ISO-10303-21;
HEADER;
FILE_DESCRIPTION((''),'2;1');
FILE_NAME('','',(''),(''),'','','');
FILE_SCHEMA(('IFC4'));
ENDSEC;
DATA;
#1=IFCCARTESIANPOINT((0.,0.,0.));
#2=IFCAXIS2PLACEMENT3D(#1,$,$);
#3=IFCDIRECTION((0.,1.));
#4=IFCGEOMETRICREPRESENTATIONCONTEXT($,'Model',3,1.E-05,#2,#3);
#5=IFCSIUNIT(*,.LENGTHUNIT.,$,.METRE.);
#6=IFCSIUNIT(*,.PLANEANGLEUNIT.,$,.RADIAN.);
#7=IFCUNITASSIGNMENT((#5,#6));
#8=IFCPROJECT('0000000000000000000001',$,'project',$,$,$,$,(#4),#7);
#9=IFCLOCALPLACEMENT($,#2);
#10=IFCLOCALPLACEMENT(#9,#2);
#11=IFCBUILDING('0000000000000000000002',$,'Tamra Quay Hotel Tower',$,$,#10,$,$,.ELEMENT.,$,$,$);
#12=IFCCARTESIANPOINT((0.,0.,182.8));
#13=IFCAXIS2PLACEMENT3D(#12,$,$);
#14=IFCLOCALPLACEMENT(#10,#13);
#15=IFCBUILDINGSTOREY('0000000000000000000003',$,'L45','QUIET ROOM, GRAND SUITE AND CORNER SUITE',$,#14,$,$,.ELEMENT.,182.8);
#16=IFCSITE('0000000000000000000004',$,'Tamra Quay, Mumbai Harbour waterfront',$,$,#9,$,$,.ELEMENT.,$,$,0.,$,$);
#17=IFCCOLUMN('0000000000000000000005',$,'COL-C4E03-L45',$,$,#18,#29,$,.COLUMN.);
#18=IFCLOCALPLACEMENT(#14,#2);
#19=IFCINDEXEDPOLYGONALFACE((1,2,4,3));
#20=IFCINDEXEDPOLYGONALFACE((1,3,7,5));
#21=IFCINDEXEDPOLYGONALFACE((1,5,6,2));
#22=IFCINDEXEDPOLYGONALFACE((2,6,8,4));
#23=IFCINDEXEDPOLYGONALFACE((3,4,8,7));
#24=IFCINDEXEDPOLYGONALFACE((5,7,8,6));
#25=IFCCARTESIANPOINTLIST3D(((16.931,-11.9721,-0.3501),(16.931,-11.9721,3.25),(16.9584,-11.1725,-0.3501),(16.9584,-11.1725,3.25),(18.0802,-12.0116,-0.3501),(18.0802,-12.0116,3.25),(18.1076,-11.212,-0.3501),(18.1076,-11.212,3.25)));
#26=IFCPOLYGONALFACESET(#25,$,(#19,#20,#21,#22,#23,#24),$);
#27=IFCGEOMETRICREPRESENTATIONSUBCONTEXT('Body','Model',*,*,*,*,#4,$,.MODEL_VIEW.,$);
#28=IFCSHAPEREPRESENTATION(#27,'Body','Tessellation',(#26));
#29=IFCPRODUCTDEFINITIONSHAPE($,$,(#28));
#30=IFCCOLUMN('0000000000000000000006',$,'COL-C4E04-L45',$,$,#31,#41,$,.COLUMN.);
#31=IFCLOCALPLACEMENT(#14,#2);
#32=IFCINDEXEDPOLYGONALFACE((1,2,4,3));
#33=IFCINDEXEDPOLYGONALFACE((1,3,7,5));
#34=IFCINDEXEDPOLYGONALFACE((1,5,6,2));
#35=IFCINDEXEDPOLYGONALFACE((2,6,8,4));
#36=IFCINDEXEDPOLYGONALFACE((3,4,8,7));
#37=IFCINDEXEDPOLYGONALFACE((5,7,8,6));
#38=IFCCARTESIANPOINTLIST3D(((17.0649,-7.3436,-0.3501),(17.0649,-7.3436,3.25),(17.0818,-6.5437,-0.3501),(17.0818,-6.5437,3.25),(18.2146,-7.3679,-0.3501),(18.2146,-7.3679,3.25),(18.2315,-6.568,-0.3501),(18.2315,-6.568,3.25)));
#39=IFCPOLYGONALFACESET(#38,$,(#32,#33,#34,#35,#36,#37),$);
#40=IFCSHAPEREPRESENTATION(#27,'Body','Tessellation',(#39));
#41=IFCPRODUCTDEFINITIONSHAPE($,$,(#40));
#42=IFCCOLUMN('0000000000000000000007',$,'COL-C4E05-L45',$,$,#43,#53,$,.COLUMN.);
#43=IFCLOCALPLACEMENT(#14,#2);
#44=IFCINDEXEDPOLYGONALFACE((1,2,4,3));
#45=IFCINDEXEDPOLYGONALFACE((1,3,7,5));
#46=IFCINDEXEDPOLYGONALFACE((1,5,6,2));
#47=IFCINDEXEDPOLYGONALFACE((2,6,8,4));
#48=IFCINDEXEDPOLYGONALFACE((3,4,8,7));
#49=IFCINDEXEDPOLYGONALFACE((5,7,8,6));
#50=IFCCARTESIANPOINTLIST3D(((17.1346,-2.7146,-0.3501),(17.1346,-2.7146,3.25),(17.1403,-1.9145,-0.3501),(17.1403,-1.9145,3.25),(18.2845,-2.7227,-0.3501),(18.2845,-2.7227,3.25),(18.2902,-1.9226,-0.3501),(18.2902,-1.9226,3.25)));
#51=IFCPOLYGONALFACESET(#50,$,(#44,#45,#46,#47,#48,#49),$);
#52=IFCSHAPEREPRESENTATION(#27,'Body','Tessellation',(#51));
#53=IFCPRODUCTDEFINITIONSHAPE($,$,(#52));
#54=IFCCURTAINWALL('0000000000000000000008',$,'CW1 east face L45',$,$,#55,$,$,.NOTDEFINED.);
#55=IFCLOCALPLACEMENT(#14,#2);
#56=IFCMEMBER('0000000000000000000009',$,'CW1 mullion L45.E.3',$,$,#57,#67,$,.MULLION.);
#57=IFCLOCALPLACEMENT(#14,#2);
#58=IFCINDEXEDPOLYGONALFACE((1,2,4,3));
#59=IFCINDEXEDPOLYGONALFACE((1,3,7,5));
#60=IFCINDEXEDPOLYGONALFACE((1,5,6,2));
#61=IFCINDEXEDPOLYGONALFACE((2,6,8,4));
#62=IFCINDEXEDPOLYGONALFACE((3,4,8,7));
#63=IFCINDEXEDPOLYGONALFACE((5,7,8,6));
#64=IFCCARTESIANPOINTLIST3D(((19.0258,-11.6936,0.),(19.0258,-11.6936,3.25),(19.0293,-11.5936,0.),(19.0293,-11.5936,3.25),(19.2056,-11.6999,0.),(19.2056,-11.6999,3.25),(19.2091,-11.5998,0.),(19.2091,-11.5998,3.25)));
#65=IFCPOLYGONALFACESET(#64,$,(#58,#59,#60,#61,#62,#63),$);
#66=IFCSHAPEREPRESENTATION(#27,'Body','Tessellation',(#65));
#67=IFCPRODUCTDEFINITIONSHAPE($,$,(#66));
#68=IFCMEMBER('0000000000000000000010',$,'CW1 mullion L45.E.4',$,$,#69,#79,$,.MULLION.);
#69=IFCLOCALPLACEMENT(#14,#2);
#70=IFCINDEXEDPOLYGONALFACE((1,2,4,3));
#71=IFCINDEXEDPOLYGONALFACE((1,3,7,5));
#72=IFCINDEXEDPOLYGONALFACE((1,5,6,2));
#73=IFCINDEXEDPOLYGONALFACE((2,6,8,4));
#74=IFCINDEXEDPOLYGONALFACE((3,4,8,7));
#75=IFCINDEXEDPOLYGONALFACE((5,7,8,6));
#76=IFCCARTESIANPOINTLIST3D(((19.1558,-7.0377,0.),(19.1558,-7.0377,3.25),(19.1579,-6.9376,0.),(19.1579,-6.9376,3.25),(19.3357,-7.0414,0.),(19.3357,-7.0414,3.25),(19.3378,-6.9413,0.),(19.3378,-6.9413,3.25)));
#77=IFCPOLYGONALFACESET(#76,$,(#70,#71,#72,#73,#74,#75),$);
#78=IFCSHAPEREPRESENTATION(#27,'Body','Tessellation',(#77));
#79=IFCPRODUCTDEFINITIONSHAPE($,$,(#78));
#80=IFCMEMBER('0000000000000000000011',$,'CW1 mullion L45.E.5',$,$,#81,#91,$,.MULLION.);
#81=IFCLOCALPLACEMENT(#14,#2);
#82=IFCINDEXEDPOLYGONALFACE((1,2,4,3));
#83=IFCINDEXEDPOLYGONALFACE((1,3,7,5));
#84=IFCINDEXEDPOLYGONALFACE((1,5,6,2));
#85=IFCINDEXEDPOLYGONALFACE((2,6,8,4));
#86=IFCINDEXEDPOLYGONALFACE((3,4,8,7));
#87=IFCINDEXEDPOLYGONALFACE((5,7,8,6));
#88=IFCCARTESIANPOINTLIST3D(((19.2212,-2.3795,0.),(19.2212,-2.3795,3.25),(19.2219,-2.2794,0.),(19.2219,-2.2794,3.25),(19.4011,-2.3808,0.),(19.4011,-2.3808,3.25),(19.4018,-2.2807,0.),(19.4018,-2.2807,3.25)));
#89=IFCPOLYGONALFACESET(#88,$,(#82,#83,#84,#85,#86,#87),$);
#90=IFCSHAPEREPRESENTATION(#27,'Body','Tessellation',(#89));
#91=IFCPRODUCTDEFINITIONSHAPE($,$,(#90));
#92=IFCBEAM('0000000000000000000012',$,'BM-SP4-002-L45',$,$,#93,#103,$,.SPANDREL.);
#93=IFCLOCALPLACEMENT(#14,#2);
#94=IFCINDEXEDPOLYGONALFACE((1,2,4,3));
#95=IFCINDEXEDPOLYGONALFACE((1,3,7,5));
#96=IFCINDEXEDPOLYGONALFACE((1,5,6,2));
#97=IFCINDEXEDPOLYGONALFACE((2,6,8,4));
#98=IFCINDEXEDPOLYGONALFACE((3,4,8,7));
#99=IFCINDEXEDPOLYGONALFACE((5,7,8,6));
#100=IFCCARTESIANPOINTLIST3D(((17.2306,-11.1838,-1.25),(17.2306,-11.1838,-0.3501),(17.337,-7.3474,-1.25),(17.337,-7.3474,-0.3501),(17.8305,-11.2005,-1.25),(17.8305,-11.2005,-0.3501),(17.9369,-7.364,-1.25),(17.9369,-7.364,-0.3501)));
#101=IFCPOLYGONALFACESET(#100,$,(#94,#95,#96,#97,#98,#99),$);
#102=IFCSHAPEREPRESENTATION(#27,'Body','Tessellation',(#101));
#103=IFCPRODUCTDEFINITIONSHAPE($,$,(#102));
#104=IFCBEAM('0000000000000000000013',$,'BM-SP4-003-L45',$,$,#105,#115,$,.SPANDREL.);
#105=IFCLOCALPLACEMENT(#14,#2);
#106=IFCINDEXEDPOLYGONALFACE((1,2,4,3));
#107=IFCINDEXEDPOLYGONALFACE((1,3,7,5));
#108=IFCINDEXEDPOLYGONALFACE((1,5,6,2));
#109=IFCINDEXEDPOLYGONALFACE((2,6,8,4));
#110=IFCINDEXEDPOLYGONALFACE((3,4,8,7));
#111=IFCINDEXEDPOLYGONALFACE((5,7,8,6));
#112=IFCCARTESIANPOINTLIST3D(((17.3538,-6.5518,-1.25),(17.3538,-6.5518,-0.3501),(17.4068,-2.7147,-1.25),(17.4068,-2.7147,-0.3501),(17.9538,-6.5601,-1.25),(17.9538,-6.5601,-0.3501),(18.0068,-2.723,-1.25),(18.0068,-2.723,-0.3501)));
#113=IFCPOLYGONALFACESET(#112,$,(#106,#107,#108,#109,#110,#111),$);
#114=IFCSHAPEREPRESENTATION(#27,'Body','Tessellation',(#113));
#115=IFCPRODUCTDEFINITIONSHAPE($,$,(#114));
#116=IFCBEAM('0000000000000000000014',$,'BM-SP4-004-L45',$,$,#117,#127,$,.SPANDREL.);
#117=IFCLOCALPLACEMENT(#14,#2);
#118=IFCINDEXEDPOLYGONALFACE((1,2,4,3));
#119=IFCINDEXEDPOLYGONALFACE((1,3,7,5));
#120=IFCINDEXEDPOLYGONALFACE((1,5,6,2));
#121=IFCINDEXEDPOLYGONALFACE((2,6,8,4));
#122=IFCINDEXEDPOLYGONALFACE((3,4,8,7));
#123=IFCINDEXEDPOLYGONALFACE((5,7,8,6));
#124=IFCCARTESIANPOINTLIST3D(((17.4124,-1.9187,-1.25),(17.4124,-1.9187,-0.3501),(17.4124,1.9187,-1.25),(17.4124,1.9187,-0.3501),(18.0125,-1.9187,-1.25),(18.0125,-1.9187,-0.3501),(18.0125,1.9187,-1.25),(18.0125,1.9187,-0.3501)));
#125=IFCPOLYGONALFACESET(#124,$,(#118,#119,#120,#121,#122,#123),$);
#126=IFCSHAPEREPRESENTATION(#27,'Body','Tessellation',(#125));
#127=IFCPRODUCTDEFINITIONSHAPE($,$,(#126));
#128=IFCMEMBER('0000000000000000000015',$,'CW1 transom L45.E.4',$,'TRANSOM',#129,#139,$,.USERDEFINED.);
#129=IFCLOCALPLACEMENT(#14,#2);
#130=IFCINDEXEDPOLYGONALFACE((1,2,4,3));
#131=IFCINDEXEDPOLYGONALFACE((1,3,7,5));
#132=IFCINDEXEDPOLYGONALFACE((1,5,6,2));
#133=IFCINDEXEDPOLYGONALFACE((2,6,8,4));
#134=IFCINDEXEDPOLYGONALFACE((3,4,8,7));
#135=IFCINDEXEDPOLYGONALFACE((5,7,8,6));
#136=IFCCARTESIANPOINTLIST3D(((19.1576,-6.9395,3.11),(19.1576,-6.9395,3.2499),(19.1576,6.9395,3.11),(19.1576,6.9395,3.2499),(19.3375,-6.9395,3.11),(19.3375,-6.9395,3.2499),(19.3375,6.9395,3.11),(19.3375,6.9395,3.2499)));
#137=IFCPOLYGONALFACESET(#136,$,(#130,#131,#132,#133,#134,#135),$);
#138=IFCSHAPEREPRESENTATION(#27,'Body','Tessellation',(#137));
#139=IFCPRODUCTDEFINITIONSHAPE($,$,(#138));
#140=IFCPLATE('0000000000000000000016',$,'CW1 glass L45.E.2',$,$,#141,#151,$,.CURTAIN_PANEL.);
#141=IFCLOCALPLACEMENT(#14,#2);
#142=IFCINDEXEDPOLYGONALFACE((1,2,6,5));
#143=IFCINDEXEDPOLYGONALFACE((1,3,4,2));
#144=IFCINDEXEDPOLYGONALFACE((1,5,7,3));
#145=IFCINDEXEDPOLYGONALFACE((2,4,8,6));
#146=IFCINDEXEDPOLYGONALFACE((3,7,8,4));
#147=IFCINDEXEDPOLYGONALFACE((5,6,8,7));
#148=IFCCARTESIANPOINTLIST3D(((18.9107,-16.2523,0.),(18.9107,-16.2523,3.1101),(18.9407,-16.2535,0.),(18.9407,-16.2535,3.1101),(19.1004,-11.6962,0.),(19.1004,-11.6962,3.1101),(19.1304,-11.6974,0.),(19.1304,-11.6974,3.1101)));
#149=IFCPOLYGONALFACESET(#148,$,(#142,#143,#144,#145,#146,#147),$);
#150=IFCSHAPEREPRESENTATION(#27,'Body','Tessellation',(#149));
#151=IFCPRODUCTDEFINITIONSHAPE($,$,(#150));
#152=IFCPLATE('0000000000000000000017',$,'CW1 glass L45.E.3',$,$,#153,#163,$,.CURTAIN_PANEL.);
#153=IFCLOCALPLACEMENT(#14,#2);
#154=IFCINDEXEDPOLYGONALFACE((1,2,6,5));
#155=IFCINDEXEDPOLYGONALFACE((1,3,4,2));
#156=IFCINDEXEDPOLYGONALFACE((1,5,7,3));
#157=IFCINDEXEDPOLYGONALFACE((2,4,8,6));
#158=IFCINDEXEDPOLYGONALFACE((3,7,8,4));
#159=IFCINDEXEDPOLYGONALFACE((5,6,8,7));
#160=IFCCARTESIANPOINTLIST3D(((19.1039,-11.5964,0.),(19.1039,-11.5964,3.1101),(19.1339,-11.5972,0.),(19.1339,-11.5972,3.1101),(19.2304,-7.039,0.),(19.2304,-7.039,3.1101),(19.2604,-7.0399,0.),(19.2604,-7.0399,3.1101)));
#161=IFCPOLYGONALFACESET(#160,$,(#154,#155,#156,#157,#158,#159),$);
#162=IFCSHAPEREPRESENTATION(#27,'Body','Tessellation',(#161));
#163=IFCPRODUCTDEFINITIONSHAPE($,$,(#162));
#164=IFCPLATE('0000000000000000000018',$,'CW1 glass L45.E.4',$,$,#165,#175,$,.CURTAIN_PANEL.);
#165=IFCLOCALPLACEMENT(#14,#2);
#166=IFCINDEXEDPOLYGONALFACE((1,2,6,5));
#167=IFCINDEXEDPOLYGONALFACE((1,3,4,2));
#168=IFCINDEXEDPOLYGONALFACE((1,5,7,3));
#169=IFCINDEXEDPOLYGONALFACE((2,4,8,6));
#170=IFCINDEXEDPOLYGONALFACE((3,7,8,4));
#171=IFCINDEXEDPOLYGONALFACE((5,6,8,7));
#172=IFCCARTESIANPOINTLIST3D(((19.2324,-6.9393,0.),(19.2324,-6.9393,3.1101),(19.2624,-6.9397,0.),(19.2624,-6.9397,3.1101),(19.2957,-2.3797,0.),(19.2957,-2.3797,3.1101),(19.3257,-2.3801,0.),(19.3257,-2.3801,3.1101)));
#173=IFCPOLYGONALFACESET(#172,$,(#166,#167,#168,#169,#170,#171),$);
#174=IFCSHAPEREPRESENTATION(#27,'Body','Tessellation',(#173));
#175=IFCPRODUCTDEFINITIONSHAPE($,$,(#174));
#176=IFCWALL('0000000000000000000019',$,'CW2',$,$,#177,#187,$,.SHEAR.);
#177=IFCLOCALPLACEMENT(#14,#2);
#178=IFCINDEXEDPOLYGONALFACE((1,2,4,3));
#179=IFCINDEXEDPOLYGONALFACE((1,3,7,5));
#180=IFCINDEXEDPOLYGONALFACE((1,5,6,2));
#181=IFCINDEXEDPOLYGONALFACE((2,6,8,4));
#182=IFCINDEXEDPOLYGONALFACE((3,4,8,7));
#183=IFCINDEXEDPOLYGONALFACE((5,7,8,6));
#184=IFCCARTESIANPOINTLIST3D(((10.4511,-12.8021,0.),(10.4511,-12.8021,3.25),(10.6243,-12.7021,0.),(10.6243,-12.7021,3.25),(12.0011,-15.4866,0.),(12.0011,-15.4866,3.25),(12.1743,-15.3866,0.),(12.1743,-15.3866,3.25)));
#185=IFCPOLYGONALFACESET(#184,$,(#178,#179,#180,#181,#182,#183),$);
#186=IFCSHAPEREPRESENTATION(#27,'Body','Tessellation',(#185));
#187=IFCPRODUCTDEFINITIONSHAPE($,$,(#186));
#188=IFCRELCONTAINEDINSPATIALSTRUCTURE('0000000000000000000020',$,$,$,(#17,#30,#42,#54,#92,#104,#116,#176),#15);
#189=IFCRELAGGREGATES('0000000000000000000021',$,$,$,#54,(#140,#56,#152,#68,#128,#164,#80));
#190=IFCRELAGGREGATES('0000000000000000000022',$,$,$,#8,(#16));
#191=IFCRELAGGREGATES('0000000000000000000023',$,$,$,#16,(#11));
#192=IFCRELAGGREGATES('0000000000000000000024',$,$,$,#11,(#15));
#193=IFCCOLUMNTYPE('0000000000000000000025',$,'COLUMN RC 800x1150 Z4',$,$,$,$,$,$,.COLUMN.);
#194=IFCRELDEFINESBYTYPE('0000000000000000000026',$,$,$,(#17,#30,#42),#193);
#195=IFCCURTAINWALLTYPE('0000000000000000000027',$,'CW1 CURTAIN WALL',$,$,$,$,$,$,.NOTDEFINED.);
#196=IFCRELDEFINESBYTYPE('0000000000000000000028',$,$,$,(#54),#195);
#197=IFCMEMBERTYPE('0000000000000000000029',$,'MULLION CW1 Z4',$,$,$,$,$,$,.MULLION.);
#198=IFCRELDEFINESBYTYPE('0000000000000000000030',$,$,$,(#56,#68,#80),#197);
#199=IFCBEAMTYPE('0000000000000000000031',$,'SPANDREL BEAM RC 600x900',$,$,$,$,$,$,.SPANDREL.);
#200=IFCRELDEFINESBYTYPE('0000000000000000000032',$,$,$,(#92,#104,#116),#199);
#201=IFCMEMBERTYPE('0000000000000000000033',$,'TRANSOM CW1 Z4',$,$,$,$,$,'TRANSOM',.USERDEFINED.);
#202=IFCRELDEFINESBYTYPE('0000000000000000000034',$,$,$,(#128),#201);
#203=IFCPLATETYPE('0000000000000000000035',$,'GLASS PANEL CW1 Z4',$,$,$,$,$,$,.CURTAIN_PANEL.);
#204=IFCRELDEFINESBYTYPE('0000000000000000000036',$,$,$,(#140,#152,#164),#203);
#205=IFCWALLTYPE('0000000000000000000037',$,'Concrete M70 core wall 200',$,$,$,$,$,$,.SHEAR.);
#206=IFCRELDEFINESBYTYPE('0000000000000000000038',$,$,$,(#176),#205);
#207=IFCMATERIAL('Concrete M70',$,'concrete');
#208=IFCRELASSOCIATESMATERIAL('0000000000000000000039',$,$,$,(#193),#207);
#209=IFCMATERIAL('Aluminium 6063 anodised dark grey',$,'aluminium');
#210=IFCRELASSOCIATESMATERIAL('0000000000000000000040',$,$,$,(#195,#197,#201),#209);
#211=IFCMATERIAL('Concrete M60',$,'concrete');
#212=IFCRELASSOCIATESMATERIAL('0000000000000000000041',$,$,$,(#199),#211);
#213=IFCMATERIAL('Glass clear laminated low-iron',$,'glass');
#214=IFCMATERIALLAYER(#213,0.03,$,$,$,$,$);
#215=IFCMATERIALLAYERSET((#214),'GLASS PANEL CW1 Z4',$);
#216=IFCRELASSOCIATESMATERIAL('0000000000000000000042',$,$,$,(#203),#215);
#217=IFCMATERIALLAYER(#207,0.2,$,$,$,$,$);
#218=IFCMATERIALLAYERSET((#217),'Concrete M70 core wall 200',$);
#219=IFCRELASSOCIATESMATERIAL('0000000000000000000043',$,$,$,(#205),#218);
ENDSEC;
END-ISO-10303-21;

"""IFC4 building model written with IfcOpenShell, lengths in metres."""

from ifc_helpers import new_model, si_unit, direction, frame, frame_2d, origin, origin_2d, place, context, subcontext, project, spatial, rectangle, extrude, material, layer, layer_set, material_profile, profile_set, type_object, element, aggregate, save


model = new_model("IFC4")

# Units and contexts
model_context = context("Model", 3, precision=1e-05, world=origin(), true_north=direction((0.0, 1.0)))
body_context = subcontext(model_context, "Body", "Model", "MODEL_VIEW")
ifc_project = project(units=[si_unit("LENGTHUNIT", "METRE"), si_unit("PLANEANGLEUNIT", "RADIAN")], contexts=[model_context])

# Site, building, storey
site_placement = place(None, origin())
site = spatial("IfcSite", under=ifc_project, at=site_placement, Name="Tamra Quay, Mumbai Harbour waterfront", CompositionType="ELEMENT", RefElevation=0.0)
building_placement = place(site_placement, origin())
building = spatial("IfcBuilding", under=site, at=building_placement, Name="Tamra Quay Hotel Tower", CompositionType="ELEMENT")
storey_placement = place(building_placement, frame((0.0, 0.0, 182.8)))
storey = spatial("IfcBuildingStorey", under=building, at=storey_placement, Name="L45", Description="QUIET ROOM, GRAND SUITE AND CORNER SUITE", CompositionType="ELEMENT", Elevation=182.8)

# Columns
ifc_material_1 = material(Name="Concrete M70", Category="concrete")
ifc_material_profile_1 = material_profile(ifc_material_1, rectangle(XDim=1.1499, YDim=0.8, at=origin_2d()), Name="COLUMN RC 800x1150 Z4")
ifc_profile_set_1 = profile_set([ifc_material_profile_1], Name="Concrete M70")
column_type = type_object("IfcColumnType", Name="COLUMN RC 800x1150 Z4", PredefinedType="COLUMN", material=ifc_profile_set_1)
for number, where, z_axis, x_axis, name in (
    (1, (17.5193, -11.592, -0.3501), (0.0, 0.0, 1.0), (-0.999412, 0.034299, 0.0), "COL-C4E03-L45"),
    (2, (17.6482, -6.9558, -0.3501), (0.0, 0.0, 1.0), (-0.999777, 0.021115, 0.0), "COL-C4E04-L45"),
    (3, (17.7124, -2.3186, -0.3501), (0.0, 0.0, 1.0), (-0.999975, 0.007041, 0.0), "COL-C4E05-L45"),
):
    element("IfcColumn", number, at=place(storey_placement, frame(where, z_axis=z_axis, x_axis=x_axis)), inside=storey, type_object=column_type, Name=name, PredefinedType="COLUMN", context=body_context, shape_type="SweptSolid", body=[
        extrude(rectangle(XDim=1.1499, YDim=0.8, at=origin_2d()), origin(), (0.0, 0.0, 1.0), 3.6001),
    ])

# Curtain wall, members
ifc_material_2 = material(Name="Aluminium 6063 anodised dark grey", Category="aluminium")
curtain_wall_type = type_object("IfcCurtainWallType", Name="CW1 CURTAIN WALL", PredefinedType="NOTDEFINED", material=ifc_material_2)
curtain_wall_placement = place(storey_placement, origin())
curtain_wall = element("IfcCurtainWall", 4, at=curtain_wall_placement, inside=storey, type_object=curtain_wall_type, Name="CW1 east face L45", PredefinedType="NOTDEFINED")
ifc_material_profile_2 = material_profile(ifc_material_2, rectangle(XDim=0.1799, YDim=0.1001, at=origin_2d()), Name="MULLION 100X180")
ifc_profile_set_2 = profile_set([ifc_material_profile_2], Name="Aluminium 6063 anodised dark grey")
member_type_1 = type_object("IfcMemberType", Name="MULLION CW1 Z4", PredefinedType="MULLION", material=ifc_profile_set_2)
member_1_placement = place(storey_placement, frame((19.1174, -11.6467, 0.0), z_axis=(0.0, 0.0, 1.0), x_axis=(0.999399, -0.034678, 0.0)))
member_1 = element("IfcMember", 5, at=member_1_placement, type_object=member_type_1, Name="CW1 mullion L45.E.3", PredefinedType="MULLION", context=body_context, shape_type="SweptSolid", body=[
    extrude(rectangle(XDim=0.1799, YDim=0.1001, at=origin_2d()), origin(), (0.0, 0.0, 1.0), 3.25),
])
member_2_placement = place(storey_placement, frame((19.2468, -6.9895, 0.0), z_axis=(0.0, 0.0, 1.0), x_axis=(0.999783, -0.02082, 0.0)))
member_2 = element("IfcMember", 6, at=member_2_placement, type_object=member_type_1, Name="CW1 mullion L45.E.4", PredefinedType="MULLION", context=body_context, shape_type="SweptSolid", body=[
    extrude(rectangle(XDim=0.1799, YDim=0.1001, at=origin_2d()), origin(), (0.0, 0.0, 1.0), 3.25),
])
member_3_placement = place(storey_placement, frame((19.3115, -2.3301, 0.0), z_axis=(0.0, 0.0, 1.0), x_axis=(0.999976, -0.006943, 0.0)))
member_3 = element("IfcMember", 7, at=member_3_placement, type_object=member_type_1, Name="CW1 mullion L45.E.5", PredefinedType="MULLION", context=body_context, shape_type="SweptSolid", body=[
    extrude(rectangle(XDim=0.1799, YDim=0.1001, at=origin_2d()), origin(), (0.0, 0.0, 1.0), 3.25),
])

# Beams
ifc_material_3 = material(Name="Concrete M60", Category="concrete")
ifc_material_profile_3 = material_profile(ifc_material_3, rectangle(XDim=0.6001, YDim=0.8999, at=origin_2d()), Name="SPANDREL BEAM RC 600x900")
ifc_profile_set_3 = profile_set([ifc_material_profile_3], Name="Concrete M60")
beam_type = type_object("IfcBeamType", Name="SPANDREL BEAM RC 600x900", PredefinedType="SPANDREL", material=ifc_profile_set_3)
beam_placement = place(storey_placement, frame((17.5305, -11.1921, -0.8), z_axis=(0.027735, 0.999615, 0.0), x_axis=(-0.999615, 0.027735, 0.0)))
element("IfcBeam", 8, at=beam_placement, inside=storey, type_object=beam_type, Name="BM-SP4-002-L45", PredefinedType="SPANDREL", context=body_context, shape_type="SweptSolid", body=[
    extrude(rectangle(XDim=0.6001, YDim=0.8999, at=origin_2d()), origin(), (0.0, 0.0, 1.0), 3.8379),
])
for number, where, z_axis, x_axis, name in (
    (9, (17.6538, -6.5559, -0.8), (0.013805, 0.999905, 0.0), (-0.999905, 0.013805, 0.0), "BM-SP4-003-L45"),
    (10, (17.7124, -1.9187, -0.8), (0.0, 1.0, 0.0), (-1.0, 0.0, 0.0), "BM-SP4-004-L45"),
):
    element("IfcBeam", number, at=place(storey_placement, frame(where, z_axis=z_axis, x_axis=x_axis)), inside=storey, type_object=beam_type, Name=name, PredefinedType="SPANDREL", context=body_context, shape_type="SweptSolid", body=[
        extrude(rectangle(XDim=0.6001, YDim=0.8999, at=origin_2d()), origin(), (0.0, 0.0, 1.0), 3.8374),
    ])

# Member
ifc_material_profile_4 = material_profile(ifc_material_2, rectangle(XDim=0.1799, YDim=0.1399, at=origin_2d()), Name="TRANSOM 180X140")
ifc_profile_set_4 = profile_set([ifc_material_profile_4], Name="Aluminium 6063 anodised dark grey")
member_type_2 = type_object("IfcMemberType", Name="TRANSOM CW1 Z4", ElementType="TRANSOM", PredefinedType="USERDEFINED", material=ifc_profile_set_4)
member_4_placement = place(storey_placement, frame((19.2476, -6.9395, 3.1799), z_axis=(0.0, 1.0, 0.0), x_axis=(-1.0, 0.0, 0.0)))
member_4 = element("IfcMember", 11, at=member_4_placement, type_object=member_type_2, Name="CW1 transom L45.E.4", ObjectType="TRANSOM", PredefinedType="USERDEFINED", context=body_context, shape_type="SweptSolid", body=[
    extrude(rectangle(XDim=0.1799, YDim=0.1399, at=origin_2d()), origin(), (0.0, 0.0, 1.0), 13.8789),
])

# Plates
ifc_material_4 = material(Name="Glass clear laminated low-iron", Category="glass")
ifc_layer_1 = layer(ifc_material_4, 0.03)
ifc_layer_set_1 = layer_set([ifc_layer_1], Name="GLASS PANEL CW1 Z4")
plate_type = type_object("IfcPlateType", Name="GLASS PANEL CW1 Z4", PredefinedType="CURTAIN_PANEL", material=ifc_layer_set_1)
plate_1_placement = place(storey_placement, frame((19.0205, -13.9749, 0.0), z_axis=(0.0, 0.0, 1.0), x_axis=(0.0416, 0.999134, 0.0)))
plate_1 = element("IfcPlate", 12, at=plate_1_placement, type_object=plate_type, Name="CW1 glass L45.E.2", PredefinedType="CURTAIN_PANEL", context=body_context, shape_type="SweptSolid", body=[
    extrude(rectangle(XDim=4.5601, YDim=0.03, at=origin_2d()), origin(), (0.0, 0.0, 1.0), 3.1101),
])
plate_2_placement = place(storey_placement, frame((19.1821, -9.3181, 0.0), z_axis=(0.0, 0.0, 1.0), x_axis=(0.027754, 0.999615, 0.0)))
plate_2 = element("IfcPlate", 13, at=plate_2_placement, type_object=plate_type, Name="CW1 glass L45.E.3", PredefinedType="CURTAIN_PANEL", context=body_context, shape_type="SweptSolid", body=[
    extrude(rectangle(XDim=4.5591, YDim=0.03, at=origin_2d()), origin(), (0.0, 0.0, 1.0), 3.1101),
])
plate_3_placement = place(storey_placement, frame((19.2791, -4.6597, 0.0), z_axis=(0.0, 0.0, 1.0), x_axis=(0.013886, 0.999904, 0.0)))
plate_3 = element("IfcPlate", 14, at=plate_3_placement, type_object=plate_type, Name="CW1 glass L45.E.4", PredefinedType="CURTAIN_PANEL", context=body_context, shape_type="SweptSolid", body=[
    extrude(rectangle(XDim=4.5601, YDim=0.03, at=origin_2d()), origin(), (0.0, 0.0, 1.0), 3.1101),
])
aggregate(curtain_wall, [plate_1, member_1, plate_2, member_2, member_4, plate_3, member_3])

# Wall
ifc_layer_2 = layer(ifc_material_1, 0.2)
ifc_layer_set_2 = layer_set([ifc_layer_2], Name="Concrete M70 core wall 200")
wall_type_1 = type_object("IfcWallType", Name="Concrete M70 core wall 200", PredefinedType="SHEAR", material=ifc_layer_set_2)
wall_1_placement = place(storey_placement, frame((12.0876, -15.4365, 0.0), z_axis=(0.0, 0.0, 1.0), x_axis=(-0.500027, 0.86601, 0.0)))
element("IfcWall", 15, at=wall_1_placement, inside=storey, type_object=wall_type_1, Name="CW2", PredefinedType="SHEAR", context=body_context, shape_type="SweptSolid", body=[
    extrude(rectangle(XDim=3.0999, YDim=0.2, at=frame_2d((1.5498, 0.0))), origin(), (0.0, 0.0, 1.0), 3.25),
])

save(model, "model.ifc")
